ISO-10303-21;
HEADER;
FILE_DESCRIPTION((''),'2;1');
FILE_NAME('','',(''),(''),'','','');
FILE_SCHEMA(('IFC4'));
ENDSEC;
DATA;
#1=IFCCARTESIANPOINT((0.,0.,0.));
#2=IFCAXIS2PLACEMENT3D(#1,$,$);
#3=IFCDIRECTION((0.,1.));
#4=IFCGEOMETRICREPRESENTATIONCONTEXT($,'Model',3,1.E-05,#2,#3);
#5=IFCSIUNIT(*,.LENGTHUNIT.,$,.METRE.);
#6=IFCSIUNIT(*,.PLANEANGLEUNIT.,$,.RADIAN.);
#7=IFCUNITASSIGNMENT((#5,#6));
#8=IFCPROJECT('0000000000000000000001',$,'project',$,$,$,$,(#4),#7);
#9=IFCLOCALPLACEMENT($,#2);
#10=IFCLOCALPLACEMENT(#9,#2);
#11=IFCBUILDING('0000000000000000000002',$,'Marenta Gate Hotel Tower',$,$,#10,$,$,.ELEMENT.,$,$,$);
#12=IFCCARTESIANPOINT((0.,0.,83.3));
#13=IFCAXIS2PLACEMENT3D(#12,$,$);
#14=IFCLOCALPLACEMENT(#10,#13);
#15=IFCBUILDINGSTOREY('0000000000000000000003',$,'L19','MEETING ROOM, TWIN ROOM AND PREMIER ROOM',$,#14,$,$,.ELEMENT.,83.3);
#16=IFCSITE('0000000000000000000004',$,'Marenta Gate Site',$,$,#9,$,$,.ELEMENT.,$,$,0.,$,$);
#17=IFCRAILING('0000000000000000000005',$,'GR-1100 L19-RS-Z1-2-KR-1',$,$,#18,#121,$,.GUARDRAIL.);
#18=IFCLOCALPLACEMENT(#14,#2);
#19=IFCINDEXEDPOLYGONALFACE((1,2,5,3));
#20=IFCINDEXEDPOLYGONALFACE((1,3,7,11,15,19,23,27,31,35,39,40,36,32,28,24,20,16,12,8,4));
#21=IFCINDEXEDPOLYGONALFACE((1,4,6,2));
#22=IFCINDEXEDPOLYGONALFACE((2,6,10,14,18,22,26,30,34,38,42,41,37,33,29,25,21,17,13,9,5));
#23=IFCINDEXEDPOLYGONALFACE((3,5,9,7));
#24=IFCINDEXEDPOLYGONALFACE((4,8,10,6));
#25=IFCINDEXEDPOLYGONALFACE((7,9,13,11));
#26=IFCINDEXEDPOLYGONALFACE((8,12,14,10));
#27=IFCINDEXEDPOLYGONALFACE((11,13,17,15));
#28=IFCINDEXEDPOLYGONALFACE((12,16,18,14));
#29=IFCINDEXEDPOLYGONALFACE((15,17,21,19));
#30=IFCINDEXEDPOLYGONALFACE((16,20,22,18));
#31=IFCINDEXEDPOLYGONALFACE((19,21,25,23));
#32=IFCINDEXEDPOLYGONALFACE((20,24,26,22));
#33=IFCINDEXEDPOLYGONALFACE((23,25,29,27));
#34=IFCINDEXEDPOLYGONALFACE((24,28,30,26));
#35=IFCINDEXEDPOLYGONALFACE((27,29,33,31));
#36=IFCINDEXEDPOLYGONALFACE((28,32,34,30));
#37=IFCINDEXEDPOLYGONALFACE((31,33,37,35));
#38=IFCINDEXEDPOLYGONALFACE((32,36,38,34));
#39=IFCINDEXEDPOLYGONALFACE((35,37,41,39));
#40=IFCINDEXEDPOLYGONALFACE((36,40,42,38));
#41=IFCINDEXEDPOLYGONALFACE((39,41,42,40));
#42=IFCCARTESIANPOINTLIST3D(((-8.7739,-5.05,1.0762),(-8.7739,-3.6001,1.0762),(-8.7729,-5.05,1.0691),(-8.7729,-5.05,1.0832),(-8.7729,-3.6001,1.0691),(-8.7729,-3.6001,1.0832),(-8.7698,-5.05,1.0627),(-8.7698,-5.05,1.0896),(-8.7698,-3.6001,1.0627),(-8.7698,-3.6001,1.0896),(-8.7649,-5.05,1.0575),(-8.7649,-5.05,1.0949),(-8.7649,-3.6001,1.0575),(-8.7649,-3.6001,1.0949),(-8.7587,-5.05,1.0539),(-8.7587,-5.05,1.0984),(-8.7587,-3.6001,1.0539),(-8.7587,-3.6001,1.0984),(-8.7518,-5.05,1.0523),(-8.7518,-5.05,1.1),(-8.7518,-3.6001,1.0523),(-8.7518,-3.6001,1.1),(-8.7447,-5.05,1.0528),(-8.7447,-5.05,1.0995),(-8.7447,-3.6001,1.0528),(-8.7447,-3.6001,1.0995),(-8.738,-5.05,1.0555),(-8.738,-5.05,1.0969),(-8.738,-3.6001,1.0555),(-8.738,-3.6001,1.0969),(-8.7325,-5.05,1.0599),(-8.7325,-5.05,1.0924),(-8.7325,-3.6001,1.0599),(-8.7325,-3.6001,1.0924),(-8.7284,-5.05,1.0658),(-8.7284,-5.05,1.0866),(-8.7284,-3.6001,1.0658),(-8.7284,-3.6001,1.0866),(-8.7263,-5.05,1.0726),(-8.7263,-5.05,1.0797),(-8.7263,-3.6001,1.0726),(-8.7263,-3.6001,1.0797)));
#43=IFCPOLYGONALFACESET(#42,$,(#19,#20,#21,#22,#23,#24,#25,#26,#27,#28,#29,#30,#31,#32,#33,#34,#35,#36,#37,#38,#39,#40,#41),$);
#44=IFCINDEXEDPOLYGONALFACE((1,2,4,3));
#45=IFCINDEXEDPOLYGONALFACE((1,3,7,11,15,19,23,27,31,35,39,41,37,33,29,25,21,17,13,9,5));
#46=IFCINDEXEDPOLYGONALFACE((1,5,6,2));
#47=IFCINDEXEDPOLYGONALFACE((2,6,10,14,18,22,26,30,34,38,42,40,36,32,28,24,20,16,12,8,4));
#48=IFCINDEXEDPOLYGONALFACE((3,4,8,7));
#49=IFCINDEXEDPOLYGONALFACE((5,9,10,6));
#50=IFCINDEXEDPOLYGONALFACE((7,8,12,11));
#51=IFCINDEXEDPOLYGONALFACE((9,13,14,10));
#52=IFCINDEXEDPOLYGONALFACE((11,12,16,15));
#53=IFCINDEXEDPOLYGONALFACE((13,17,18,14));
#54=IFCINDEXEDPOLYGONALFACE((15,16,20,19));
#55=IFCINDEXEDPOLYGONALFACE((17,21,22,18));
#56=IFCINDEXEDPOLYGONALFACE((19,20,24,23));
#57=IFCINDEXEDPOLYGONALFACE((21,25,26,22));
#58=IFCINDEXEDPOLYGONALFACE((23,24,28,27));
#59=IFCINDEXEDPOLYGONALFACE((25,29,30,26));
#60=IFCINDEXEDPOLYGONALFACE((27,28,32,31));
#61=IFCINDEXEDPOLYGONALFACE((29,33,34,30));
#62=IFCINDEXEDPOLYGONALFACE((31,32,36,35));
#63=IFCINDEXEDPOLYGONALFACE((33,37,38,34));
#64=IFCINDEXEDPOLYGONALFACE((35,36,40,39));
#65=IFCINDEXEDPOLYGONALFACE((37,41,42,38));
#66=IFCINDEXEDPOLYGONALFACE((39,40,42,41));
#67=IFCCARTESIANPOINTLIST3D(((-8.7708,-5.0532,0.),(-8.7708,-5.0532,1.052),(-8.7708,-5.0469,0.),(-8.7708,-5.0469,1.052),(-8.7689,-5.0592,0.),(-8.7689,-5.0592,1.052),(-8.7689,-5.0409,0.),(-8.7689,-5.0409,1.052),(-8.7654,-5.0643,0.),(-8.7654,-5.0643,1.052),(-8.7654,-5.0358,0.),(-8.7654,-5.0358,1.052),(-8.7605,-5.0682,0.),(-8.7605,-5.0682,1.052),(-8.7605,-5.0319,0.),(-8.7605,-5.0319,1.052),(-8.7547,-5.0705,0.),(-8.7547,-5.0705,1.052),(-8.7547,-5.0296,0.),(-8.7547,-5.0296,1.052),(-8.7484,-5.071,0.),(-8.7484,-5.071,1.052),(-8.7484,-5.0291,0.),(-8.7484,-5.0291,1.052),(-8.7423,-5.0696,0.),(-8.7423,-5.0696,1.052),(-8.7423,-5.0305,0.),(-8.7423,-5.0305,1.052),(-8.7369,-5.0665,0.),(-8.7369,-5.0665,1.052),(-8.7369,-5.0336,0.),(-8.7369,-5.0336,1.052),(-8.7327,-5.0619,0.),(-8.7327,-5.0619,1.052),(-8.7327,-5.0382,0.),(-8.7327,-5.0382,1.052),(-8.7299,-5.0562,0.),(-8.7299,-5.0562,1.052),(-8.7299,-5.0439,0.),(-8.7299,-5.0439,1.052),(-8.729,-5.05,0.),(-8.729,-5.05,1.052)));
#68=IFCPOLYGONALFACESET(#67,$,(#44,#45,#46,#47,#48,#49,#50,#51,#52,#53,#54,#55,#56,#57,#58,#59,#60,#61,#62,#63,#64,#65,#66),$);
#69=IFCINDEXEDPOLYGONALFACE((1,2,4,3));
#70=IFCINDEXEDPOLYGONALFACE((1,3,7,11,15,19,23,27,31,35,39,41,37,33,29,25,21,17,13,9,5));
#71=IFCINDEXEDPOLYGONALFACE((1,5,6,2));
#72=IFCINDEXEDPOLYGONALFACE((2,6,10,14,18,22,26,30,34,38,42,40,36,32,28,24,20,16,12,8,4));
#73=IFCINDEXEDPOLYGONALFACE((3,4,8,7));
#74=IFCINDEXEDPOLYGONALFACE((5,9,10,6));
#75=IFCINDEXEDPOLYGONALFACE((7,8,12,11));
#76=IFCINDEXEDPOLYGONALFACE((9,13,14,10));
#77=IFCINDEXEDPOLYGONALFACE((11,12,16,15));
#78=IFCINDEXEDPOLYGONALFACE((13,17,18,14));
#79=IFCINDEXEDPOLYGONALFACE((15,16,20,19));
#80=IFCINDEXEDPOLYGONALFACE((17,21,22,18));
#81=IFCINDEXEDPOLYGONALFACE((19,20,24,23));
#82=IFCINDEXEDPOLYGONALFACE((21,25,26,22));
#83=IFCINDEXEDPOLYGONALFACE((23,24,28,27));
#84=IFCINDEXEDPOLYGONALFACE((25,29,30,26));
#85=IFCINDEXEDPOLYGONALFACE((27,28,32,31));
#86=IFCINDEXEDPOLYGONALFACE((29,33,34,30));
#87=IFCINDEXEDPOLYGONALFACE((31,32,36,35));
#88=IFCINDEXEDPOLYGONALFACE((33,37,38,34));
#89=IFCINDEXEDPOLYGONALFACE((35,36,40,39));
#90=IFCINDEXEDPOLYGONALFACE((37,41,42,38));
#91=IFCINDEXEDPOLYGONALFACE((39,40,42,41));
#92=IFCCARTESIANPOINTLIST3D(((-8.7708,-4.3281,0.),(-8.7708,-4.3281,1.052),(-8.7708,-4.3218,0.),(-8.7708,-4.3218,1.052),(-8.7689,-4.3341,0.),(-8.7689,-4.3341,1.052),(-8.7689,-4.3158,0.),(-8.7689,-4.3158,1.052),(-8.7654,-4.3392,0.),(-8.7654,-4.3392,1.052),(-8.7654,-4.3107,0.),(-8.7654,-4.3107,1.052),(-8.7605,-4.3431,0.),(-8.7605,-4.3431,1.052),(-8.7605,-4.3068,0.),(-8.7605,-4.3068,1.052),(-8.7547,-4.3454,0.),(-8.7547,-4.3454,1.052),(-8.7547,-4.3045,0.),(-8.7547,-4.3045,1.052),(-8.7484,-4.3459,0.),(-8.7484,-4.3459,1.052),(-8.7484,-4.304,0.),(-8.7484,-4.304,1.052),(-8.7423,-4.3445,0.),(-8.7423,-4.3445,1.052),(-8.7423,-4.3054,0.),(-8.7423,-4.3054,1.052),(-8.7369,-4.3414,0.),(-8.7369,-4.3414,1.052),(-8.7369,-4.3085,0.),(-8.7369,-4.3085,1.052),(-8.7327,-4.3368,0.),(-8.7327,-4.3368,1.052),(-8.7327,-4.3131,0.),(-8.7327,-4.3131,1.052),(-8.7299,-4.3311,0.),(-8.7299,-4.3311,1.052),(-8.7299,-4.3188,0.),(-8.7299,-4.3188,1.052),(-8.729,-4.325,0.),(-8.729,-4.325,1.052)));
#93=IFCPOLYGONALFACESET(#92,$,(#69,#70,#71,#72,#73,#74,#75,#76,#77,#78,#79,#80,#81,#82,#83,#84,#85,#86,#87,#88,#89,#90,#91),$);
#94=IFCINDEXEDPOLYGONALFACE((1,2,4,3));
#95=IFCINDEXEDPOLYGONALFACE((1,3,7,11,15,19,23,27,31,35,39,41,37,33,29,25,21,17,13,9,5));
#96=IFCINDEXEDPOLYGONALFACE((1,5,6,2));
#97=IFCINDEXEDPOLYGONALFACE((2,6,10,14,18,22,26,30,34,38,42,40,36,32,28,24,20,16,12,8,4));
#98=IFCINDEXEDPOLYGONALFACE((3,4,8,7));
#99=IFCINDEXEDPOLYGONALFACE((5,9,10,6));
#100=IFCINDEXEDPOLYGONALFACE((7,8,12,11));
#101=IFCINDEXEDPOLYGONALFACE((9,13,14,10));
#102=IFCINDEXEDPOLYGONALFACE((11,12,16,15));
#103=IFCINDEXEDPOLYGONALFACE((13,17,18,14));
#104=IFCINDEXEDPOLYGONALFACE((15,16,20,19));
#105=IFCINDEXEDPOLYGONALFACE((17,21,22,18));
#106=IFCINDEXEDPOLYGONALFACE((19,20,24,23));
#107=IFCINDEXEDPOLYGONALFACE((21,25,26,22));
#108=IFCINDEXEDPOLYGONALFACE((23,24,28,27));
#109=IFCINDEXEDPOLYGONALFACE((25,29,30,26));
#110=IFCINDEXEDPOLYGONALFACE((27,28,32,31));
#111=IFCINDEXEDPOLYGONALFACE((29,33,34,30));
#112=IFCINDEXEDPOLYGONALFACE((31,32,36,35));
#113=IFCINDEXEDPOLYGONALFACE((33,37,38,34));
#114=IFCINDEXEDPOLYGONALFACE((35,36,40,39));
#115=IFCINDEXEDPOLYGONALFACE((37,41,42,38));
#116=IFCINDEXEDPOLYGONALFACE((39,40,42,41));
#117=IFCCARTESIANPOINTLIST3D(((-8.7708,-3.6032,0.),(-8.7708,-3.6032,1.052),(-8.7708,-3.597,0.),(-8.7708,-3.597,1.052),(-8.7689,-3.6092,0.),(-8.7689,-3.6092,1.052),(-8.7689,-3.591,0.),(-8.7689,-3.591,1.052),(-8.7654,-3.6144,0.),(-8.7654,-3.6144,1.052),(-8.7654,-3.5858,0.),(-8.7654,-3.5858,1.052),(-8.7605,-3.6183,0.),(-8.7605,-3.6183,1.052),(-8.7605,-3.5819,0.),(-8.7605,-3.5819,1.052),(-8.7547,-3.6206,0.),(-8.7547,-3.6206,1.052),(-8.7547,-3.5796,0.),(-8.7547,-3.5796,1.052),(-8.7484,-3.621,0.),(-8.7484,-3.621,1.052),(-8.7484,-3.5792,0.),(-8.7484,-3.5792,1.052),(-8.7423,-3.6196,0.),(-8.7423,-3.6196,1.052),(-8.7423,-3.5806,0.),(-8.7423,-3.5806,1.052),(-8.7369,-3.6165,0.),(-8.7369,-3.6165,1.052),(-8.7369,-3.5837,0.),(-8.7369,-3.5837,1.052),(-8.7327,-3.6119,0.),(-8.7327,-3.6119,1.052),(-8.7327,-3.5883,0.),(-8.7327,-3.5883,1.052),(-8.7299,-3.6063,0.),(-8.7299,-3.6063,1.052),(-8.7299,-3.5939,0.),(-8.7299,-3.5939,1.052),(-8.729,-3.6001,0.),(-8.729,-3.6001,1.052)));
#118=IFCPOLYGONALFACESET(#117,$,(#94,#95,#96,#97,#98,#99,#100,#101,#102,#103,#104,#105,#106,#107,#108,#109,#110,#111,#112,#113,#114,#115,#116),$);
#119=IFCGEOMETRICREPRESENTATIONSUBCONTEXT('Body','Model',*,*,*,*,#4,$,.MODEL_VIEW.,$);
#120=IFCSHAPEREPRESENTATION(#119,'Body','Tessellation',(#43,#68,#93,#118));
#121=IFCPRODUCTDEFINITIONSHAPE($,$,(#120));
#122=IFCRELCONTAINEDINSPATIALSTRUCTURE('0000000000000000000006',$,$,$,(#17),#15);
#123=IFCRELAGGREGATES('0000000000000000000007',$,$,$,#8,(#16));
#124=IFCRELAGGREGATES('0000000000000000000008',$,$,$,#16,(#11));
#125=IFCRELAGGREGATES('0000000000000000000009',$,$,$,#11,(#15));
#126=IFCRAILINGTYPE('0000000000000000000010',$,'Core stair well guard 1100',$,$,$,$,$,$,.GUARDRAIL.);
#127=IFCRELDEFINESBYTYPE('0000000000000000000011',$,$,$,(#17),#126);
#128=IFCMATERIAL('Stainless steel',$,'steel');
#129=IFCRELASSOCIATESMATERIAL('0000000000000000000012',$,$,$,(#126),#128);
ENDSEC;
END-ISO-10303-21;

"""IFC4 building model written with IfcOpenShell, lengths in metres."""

from ifc_helpers import new_model, si_unit, direction, frame, origin, origin_2d, place, context, subcontext, project, spatial, circle, extrude, material, type_object, element, save


model = new_model("IFC4")

# Units and contexts
model_context = context("Model", 3, precision=1e-05, world=origin(), true_north=direction((0.0, 1.0)))
body_context = subcontext(model_context, "Body", "Model", "MODEL_VIEW")
ifc_project = project(units=[si_unit("LENGTHUNIT", "METRE"), si_unit("PLANEANGLEUNIT", "RADIAN")], contexts=[model_context])

# Site, building, storey
site_placement = place(None, origin())
site = spatial("IfcSite", under=ifc_project, at=site_placement, Name="Marenta Gate Site", CompositionType="ELEMENT", RefElevation=0.0)
building_placement = place(site_placement, origin())
building = spatial("IfcBuilding", under=site, at=building_placement, Name="Marenta Gate Hotel Tower", CompositionType="ELEMENT")
storey_placement = place(building_placement, frame((0.0, 0.0, 83.3)))
storey = spatial("IfcBuildingStorey", under=building, at=storey_placement, Name="L19", Description="MEETING ROOM, TWIN ROOM AND PREMIER ROOM", CompositionType="ELEMENT", Elevation=83.3)

# Railing
ifc_material_1 = material(Name="Stainless steel", Category="steel")
railing_type = type_object("IfcRailingType", Name="Core stair well guard 1100", PredefinedType="GUARDRAIL", material=ifc_material_1)
railing_placement = place(storey_placement, frame((-8.75, -5.05, 0.0)))
element("IfcRailing", 1, at=railing_placement, inside=storey, type_object=railing_type, Name="GR-1100 L19-RS-Z1-2-KR-1", PredefinedType="GUARDRAIL", context=body_context, shape_type="SweptSolid", body=[
    extrude(circle(Radius=0.0239, at=origin_2d()), frame((0.0, 0.0, 1.0762), z_axis=(0.0, 1.0, 0.0), x_axis=(-1.0, 0.0, 0.0)), (0.0, 0.0, 1.0), 1.45),
    extrude(circle(Radius=0.021, at=origin_2d()), origin(), (0.0, 0.0, 1.0), 1.052),
    extrude(circle(Radius=0.021, at=origin_2d()), frame((0.0, 0.7251, 0.0)), (0.0, 0.0, 1.0), 1.052),
    extrude(circle(Radius=0.021, at=origin_2d()), frame((0.0, 1.45, 0.0)), (0.0, 0.0, 1.0), 1.052),
])

save(model, "model.ifc")
